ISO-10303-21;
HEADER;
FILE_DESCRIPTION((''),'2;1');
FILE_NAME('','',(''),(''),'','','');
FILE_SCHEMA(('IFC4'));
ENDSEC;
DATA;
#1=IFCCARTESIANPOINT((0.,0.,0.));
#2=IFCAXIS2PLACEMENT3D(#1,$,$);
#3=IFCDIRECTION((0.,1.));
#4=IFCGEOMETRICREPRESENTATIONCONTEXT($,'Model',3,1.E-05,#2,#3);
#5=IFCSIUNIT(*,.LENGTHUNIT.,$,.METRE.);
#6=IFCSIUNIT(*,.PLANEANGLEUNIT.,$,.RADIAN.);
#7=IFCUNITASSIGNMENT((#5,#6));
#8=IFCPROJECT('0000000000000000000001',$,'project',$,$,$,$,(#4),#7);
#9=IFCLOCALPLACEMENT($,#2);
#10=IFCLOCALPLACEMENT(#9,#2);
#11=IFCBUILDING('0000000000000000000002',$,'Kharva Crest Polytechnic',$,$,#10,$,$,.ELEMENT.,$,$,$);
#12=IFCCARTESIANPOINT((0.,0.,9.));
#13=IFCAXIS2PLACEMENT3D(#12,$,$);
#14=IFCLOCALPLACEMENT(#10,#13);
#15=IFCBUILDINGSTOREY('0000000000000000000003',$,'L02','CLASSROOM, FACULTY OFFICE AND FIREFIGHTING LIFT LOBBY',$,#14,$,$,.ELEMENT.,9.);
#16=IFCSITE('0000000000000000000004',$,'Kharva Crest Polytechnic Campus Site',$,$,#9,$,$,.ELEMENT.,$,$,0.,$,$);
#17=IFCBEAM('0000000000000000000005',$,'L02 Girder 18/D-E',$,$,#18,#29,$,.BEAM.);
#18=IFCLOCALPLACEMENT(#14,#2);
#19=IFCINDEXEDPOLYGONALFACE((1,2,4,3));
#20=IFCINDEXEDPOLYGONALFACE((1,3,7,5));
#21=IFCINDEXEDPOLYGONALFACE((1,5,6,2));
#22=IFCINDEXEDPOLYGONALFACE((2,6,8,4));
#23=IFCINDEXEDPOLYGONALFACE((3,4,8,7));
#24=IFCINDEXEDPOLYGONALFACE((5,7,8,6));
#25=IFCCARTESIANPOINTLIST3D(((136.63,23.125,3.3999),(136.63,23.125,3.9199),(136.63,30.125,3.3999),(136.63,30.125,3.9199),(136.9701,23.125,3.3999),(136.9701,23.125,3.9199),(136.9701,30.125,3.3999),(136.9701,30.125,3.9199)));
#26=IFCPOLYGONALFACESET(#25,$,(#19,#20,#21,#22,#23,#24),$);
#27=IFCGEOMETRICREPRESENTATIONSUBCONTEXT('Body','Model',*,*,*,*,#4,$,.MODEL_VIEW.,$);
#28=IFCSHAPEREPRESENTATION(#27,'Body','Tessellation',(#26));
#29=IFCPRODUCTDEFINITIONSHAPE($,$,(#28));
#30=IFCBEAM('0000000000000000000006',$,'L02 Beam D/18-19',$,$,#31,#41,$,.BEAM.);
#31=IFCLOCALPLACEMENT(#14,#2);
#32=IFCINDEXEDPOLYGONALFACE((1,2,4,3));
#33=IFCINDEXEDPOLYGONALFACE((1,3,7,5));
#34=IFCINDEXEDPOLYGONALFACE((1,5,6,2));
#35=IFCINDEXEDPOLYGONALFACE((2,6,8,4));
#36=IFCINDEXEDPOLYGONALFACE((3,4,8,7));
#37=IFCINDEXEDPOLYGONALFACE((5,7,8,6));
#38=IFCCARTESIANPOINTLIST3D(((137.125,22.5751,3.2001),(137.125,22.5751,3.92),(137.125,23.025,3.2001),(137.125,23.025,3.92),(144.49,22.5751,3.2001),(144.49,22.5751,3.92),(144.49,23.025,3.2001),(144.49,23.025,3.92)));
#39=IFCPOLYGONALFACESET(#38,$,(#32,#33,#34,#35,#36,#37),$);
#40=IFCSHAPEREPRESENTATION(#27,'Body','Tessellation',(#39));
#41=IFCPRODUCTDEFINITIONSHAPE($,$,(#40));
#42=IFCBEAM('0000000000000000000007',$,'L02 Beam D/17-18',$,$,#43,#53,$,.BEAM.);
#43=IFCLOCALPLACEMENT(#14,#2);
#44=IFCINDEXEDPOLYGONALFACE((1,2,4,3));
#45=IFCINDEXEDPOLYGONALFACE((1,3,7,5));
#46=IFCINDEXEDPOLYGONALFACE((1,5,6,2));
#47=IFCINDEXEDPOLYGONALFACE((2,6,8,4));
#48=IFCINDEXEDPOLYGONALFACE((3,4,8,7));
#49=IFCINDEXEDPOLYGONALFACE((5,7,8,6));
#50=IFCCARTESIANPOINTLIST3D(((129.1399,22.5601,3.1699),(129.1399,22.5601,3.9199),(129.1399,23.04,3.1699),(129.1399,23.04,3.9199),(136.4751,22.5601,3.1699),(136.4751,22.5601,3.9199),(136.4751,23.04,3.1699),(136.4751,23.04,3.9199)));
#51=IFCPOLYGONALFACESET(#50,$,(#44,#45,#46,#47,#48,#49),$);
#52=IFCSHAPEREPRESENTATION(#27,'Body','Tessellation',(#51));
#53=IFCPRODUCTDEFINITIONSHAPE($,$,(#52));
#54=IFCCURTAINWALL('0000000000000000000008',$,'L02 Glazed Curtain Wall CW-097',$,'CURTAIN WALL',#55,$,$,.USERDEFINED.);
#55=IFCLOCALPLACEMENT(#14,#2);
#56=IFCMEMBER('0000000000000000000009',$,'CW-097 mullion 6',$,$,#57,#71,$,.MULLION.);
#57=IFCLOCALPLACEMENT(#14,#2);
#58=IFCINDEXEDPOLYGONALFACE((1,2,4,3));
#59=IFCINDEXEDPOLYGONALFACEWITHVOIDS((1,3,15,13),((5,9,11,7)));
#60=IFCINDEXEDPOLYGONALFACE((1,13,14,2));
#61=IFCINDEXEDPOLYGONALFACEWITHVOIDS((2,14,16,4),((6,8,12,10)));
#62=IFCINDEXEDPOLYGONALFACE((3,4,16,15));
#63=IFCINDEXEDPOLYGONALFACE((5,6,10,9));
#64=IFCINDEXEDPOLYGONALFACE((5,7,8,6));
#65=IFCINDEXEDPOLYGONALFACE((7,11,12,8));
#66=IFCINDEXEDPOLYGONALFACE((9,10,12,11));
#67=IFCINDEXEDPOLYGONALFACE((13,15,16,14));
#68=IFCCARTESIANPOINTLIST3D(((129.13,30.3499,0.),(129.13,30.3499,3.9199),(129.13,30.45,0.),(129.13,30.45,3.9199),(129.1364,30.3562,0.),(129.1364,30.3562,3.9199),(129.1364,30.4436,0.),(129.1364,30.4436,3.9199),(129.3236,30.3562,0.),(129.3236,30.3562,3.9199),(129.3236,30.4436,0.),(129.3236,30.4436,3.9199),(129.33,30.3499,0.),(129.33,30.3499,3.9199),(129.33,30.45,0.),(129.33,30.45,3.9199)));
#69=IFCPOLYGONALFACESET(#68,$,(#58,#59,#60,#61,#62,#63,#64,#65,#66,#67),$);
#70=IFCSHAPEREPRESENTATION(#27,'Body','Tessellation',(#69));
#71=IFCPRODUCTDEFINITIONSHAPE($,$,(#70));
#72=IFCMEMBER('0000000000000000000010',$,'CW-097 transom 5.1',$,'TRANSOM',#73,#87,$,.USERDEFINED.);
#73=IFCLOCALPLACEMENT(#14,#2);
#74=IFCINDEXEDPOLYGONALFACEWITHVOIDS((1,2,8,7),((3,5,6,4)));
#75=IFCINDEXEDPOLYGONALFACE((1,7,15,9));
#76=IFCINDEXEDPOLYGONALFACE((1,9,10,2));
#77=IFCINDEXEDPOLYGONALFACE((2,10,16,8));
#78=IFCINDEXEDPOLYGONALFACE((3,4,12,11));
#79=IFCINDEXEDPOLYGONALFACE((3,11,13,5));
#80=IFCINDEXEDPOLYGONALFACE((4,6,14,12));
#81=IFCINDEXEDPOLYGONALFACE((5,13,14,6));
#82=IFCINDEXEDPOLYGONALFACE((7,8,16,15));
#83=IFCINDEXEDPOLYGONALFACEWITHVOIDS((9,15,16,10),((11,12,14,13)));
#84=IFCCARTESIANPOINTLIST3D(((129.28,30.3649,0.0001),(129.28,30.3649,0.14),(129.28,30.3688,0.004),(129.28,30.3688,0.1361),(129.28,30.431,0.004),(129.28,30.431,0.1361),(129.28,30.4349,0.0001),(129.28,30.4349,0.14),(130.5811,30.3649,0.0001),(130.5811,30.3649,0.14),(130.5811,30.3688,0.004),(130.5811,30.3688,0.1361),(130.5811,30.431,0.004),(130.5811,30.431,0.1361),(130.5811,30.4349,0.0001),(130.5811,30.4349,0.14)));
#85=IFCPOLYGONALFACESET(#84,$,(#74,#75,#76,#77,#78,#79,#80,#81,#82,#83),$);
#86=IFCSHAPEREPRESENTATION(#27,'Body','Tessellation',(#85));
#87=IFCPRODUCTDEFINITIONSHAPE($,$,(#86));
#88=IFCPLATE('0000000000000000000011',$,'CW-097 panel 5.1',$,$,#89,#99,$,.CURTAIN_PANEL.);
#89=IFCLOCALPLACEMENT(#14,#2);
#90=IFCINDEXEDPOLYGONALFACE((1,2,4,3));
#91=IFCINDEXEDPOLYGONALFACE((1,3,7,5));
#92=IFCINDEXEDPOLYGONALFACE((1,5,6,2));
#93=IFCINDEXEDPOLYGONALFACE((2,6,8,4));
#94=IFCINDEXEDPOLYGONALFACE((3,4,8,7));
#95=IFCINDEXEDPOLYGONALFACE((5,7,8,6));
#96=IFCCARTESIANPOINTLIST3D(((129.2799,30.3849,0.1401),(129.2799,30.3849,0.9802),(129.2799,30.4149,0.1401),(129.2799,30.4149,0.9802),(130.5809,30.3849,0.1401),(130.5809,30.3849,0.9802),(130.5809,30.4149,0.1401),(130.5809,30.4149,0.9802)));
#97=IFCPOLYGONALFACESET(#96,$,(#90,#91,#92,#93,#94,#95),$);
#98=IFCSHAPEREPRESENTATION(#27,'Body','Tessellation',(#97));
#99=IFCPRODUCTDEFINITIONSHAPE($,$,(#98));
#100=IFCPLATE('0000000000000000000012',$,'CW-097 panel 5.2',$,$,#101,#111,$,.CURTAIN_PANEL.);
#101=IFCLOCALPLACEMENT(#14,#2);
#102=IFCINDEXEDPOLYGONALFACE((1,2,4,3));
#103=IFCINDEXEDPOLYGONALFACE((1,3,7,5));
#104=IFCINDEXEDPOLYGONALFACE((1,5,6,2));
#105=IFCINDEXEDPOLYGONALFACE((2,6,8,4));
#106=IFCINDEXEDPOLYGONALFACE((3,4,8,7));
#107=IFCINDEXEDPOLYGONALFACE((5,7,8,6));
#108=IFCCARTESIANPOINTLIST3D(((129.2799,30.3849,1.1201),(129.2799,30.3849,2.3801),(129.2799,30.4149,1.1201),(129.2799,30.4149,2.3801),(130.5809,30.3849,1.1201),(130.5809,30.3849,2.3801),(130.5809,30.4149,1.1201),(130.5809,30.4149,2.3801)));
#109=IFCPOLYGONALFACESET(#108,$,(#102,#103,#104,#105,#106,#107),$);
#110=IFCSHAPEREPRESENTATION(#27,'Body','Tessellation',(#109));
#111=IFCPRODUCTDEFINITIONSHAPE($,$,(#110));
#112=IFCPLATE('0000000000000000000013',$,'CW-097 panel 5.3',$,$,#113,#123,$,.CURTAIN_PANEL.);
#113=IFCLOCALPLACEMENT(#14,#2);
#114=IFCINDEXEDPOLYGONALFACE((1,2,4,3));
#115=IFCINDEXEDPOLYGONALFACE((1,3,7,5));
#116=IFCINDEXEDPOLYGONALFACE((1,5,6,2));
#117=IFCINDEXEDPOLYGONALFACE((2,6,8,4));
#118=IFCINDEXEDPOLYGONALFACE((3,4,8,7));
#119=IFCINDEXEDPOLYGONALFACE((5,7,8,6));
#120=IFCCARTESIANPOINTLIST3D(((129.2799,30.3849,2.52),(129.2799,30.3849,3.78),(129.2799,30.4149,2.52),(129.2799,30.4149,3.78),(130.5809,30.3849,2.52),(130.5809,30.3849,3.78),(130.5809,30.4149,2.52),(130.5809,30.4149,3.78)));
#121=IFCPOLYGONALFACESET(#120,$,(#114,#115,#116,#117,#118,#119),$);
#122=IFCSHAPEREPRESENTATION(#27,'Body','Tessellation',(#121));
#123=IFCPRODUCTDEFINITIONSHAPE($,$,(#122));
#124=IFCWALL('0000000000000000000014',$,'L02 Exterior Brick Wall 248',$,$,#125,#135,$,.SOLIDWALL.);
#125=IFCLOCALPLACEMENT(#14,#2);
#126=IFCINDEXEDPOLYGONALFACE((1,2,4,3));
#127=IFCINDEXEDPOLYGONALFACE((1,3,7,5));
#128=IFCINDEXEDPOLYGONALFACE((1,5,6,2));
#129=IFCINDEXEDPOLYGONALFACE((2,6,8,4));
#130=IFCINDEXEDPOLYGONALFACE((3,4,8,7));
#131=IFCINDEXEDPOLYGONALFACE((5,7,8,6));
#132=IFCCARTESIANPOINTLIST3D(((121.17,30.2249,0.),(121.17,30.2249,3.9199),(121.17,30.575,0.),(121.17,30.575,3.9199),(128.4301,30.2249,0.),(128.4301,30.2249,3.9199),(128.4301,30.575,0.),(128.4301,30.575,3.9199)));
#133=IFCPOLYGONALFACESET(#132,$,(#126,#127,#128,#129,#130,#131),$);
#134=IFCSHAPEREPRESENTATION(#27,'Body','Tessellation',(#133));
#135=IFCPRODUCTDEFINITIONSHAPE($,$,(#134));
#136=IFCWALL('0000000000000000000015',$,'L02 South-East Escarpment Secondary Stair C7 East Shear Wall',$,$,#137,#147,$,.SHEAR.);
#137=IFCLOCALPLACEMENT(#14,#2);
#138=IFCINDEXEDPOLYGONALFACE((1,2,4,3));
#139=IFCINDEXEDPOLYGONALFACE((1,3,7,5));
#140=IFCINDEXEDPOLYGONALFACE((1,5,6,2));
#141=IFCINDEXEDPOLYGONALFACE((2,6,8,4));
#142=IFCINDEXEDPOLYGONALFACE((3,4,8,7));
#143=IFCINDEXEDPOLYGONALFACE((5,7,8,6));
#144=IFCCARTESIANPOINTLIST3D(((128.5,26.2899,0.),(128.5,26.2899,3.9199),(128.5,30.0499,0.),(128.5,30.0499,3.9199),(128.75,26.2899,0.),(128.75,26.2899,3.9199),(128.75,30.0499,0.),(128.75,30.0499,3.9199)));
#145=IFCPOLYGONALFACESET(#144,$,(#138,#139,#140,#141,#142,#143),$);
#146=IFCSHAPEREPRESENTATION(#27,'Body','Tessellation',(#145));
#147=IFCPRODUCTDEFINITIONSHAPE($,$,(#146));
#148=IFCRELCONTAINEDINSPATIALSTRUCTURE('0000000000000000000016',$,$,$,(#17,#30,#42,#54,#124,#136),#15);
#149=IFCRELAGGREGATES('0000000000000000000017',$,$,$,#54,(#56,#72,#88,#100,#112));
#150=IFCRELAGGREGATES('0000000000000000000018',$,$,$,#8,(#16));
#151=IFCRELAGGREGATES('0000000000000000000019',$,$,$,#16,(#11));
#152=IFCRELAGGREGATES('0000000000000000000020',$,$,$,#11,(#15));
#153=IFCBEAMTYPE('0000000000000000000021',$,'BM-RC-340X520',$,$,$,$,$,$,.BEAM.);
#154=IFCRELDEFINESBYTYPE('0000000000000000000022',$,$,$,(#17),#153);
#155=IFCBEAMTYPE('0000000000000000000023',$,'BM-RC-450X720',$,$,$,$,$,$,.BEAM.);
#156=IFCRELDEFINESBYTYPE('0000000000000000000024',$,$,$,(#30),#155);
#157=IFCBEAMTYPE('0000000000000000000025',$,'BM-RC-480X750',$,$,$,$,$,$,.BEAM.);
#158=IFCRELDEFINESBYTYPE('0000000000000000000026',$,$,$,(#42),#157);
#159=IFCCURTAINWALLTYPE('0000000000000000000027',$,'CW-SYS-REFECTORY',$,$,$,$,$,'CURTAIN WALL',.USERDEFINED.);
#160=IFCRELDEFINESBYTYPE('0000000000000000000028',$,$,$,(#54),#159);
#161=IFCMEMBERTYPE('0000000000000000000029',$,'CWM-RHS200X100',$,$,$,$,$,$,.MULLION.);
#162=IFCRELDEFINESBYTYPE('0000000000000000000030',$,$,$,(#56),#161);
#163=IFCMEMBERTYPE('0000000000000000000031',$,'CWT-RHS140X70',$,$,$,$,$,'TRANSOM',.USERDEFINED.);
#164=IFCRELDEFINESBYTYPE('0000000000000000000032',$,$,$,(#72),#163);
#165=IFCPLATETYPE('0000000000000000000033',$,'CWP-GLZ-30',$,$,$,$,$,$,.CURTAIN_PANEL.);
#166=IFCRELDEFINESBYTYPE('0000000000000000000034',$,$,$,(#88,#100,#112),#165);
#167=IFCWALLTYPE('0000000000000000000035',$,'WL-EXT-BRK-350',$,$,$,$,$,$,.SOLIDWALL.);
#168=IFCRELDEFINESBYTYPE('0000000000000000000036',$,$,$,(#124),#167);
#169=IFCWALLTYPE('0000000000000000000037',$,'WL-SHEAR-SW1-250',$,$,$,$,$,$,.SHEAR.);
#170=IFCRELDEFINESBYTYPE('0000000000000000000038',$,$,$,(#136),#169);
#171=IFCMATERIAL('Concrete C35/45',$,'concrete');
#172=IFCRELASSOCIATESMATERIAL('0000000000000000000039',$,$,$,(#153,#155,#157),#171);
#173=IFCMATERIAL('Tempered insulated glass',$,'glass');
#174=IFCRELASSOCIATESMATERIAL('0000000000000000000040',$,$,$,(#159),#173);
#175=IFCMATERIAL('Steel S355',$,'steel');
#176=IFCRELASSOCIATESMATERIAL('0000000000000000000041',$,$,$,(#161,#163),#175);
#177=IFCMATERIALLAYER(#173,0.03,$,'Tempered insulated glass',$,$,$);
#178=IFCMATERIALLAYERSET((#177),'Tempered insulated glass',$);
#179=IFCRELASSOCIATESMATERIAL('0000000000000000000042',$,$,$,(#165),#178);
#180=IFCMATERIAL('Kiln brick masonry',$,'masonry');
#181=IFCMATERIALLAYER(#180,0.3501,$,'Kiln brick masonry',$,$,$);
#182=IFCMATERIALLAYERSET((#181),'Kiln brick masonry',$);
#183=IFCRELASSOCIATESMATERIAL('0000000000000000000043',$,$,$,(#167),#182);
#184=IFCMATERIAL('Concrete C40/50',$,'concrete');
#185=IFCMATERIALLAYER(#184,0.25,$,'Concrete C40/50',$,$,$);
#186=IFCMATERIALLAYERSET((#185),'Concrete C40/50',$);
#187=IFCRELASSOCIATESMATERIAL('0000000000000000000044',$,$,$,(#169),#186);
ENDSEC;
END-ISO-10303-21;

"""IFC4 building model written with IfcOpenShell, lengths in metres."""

from ifc_helpers import new_model, si_unit, direction, frame, frame_2d, origin, origin_2d, place, context, subcontext, project, spatial, rectangle, hollow_rectangle, extrude, material, layer, layer_set, material_profile, profile_set, type_object, element, aggregate, save


model = new_model("IFC4")

# Units and contexts
model_context = context("Model", 3, precision=1e-05, world=origin(), true_north=direction((0.0, 1.0)))
body_context = subcontext(model_context, "Body", "Model", "MODEL_VIEW")
ifc_project = project(units=[si_unit("LENGTHUNIT", "METRE"), si_unit("PLANEANGLEUNIT", "RADIAN")], contexts=[model_context])

# Site, building, storey
site_placement = place(None, origin())
site = spatial("IfcSite", under=ifc_project, at=site_placement, Name="Kharva Crest Polytechnic Campus Site", CompositionType="ELEMENT", RefElevation=0.0)
building_placement = place(site_placement, origin())
building = spatial("IfcBuilding", under=site, at=building_placement, Name="Kharva Crest Polytechnic", CompositionType="ELEMENT")
storey_placement = place(building_placement, frame((0.0, 0.0, 9.0)))
storey = spatial("IfcBuildingStorey", under=building, at=storey_placement, Name="L02", Description="CLASSROOM, FACULTY OFFICE AND FIREFIGHTING LIFT LOBBY", CompositionType="ELEMENT", Elevation=9.0)

# Shared definitions
ifc_material_1 = material(Name="Concrete C40/50", Category="concrete")
ifc_material_2 = material(Name="Steel S355", Category="steel")

# Beams
ifc_material_3 = material(Name="Concrete C35/45", Category="concrete")
ifc_material_profile_1 = material_profile(ifc_material_3, rectangle(XDim=0.3401, YDim=0.52, at=origin_2d()), Name="RECT 340 X 520")
ifc_profile_set_1 = profile_set([ifc_material_profile_1], Name="Concrete C35/45")
beam_type_1 = type_object("IfcBeamType", Name="BM-RC-340X520", PredefinedType="BEAM", material=ifc_profile_set_1)
beam_1_placement = place(storey_placement, frame((136.8, 23.125, 3.6599), z_axis=(0.0, 1.0, 0.0), x_axis=(-1.0, 0.0, 0.0)))
element("IfcBeam", 1, at=beam_1_placement, inside=storey, type_object=beam_type_1, Name="L02 Girder 18/D-E", PredefinedType="BEAM", context=body_context, shape_type="SweptSolid", body=[
    extrude(rectangle(XDim=0.3401, YDim=0.52, at=origin_2d()), origin(), (0.0, 0.0, 1.0), 7.0),
])
ifc_material_profile_2 = material_profile(ifc_material_3, rectangle(XDim=0.45, YDim=0.72, at=origin_2d()), Name="RECT 450 X 720")
ifc_profile_set_2 = profile_set([ifc_material_profile_2], Name="Concrete C35/45")
beam_type_2 = type_object("IfcBeamType", Name="BM-RC-450X720", PredefinedType="BEAM", material=ifc_profile_set_2)
beam_2_placement = place(storey_placement, frame((137.125, 22.8, 3.5601), z_axis=(1.0, 0.0, 0.0), x_axis=(0.0, 1.0, 0.0)))
element("IfcBeam", 2, at=beam_2_placement, inside=storey, type_object=beam_type_2, Name="L02 Beam D/18-19", PredefinedType="BEAM", context=body_context, shape_type="SweptSolid", body=[
    extrude(rectangle(XDim=0.45, YDim=0.72, at=origin_2d()), origin(), (0.0, 0.0, 1.0), 7.365),
])
ifc_material_profile_3 = material_profile(ifc_material_3, rectangle(XDim=0.48, YDim=0.75, at=origin_2d()), Name="RECT 480 X 750")
ifc_profile_set_3 = profile_set([ifc_material_profile_3], Name="Concrete C35/45")
beam_type_3 = type_object("IfcBeamType", Name="BM-RC-480X750", PredefinedType="BEAM", material=ifc_profile_set_3)
beam_3_placement = place(storey_placement, frame((129.1399, 22.8, 3.5449), z_axis=(1.0, 0.0, 0.0), x_axis=(0.0, 1.0, 0.0)))
element("IfcBeam", 3, at=beam_3_placement, inside=storey, type_object=beam_type_3, Name="L02 Beam D/17-18", PredefinedType="BEAM", context=body_context, shape_type="SweptSolid", body=[
    extrude(rectangle(XDim=0.48, YDim=0.75, at=origin_2d()), origin(), (0.0, 0.0, 1.0), 7.3352),
])

# Curtain wall, members, plates
ifc_material_4 = material(Name="Tempered insulated glass", Category="glass")
curtain_wall_type = type_object("IfcCurtainWallType", Name="CW-SYS-REFECTORY", ElementType="CURTAIN WALL", PredefinedType="USERDEFINED", material=ifc_material_4)
curtain_wall_placement = place(storey_placement, origin())
curtain_wall = element("IfcCurtainWall", 4, at=curtain_wall_placement, inside=storey, type_object=curtain_wall_type, Name="L02 Glazed Curtain Wall CW-097", ObjectType="CURTAIN WALL", PredefinedType="USERDEFINED")
ifc_material_profile_4 = material_profile(ifc_material_2, hollow_rectangle(XDim=0.1001, YDim=0.2, WallThickness=0.0063, at=origin_2d()), Name="RHS 200X100X6.3")
ifc_profile_set_4 = profile_set([ifc_material_profile_4], Name="Steel S355")
member_type_1 = type_object("IfcMemberType", Name="CWM-RHS200X100", PredefinedType="MULLION", material=ifc_profile_set_4)
member_1_placement = place(storey_placement, frame((129.23, 30.3999, 0.0), z_axis=(0.0, 0.0, 1.0), x_axis=(0.0, -1.0, 0.0)))
member_1 = element("IfcMember", 5, at=member_1_placement, type_object=member_type_1, Name="CW-097 mullion 6", PredefinedType="MULLION", context=body_context, shape_type="SweptSolid", body=[
    extrude(hollow_rectangle(XDim=0.1001, YDim=0.2, WallThickness=0.0063, at=origin_2d()), origin(), (0.0, 0.0, 1.0), 3.9199),
])
ifc_material_profile_5 = material_profile(ifc_material_2, hollow_rectangle(XDim=0.0701, YDim=0.1399, WallThickness=0.0039, at=origin_2d()), Name="RHS 140X70X4.0")
ifc_profile_set_5 = profile_set([ifc_material_profile_5], Name="Steel S355")
member_type_2 = type_object("IfcMemberType", Name="CWT-RHS140X70", ElementType="TRANSOM", PredefinedType="USERDEFINED", material=ifc_profile_set_5)
member_2_placement = place(storey_placement, frame((130.5811, 30.3999, 0.0701), z_axis=(-1.0, 0.0, 0.0), x_axis=(0.0, -1.0, 0.0)))
member_2 = element("IfcMember", 6, at=member_2_placement, type_object=member_type_2, Name="CW-097 transom 5.1", ObjectType="TRANSOM", PredefinedType="USERDEFINED", context=body_context, shape_type="SweptSolid", body=[
    extrude(hollow_rectangle(XDim=0.0701, YDim=0.1399, WallThickness=0.0039, at=origin_2d()), origin(), (0.0, 0.0, 1.0), 1.301),
])
ifc_layer_1 = layer(ifc_material_4, 0.03, Name="Tempered insulated glass")
ifc_layer_set_1 = layer_set([ifc_layer_1], Name="Tempered insulated glass")
plate_type = type_object("IfcPlateType", Name="CWP-GLZ-30", PredefinedType="CURTAIN_PANEL", material=ifc_layer_set_1)
plate_1_placement = place(storey_placement, frame((129.9304, 30.3999, 0.1401), z_axis=(0.0, 0.0, 1.0), x_axis=(-1.0, 0.0, 0.0)))
plate_1 = element("IfcPlate", 7, at=plate_1_placement, type_object=plate_type, Name="CW-097 panel 5.1", PredefinedType="CURTAIN_PANEL", context=body_context, shape_type="SweptSolid", body=[
    extrude(rectangle(XDim=1.301, YDim=0.03, at=origin_2d()), origin(), (0.0, 0.0, 1.0), 0.8401),
])
plate_2_placement = place(storey_placement, frame((129.9304, 30.3999, 1.1201), z_axis=(0.0, 0.0, 1.0), x_axis=(-1.0, 0.0, 0.0)))
plate_2 = element("IfcPlate", 8, at=plate_2_placement, type_object=plate_type, Name="CW-097 panel 5.2", PredefinedType="CURTAIN_PANEL", context=body_context, shape_type="SweptSolid", body=[
    extrude(rectangle(XDim=1.301, YDim=0.03, at=origin_2d()), origin(), (0.0, 0.0, 1.0), 1.26),
])
plate_3_placement = place(storey_placement, frame((129.9304, 30.3999, 2.52), z_axis=(0.0, 0.0, 1.0), x_axis=(-1.0, 0.0, 0.0)))
plate_3 = element("IfcPlate", 9, at=plate_3_placement, type_object=plate_type, Name="CW-097 panel 5.3", PredefinedType="CURTAIN_PANEL", context=body_context, shape_type="SweptSolid", body=[
    extrude(rectangle(XDim=1.301, YDim=0.03, at=origin_2d()), origin(), (0.0, 0.0, 1.0), 1.26),
])
aggregate(curtain_wall, [member_1, member_2, plate_1, plate_2, plate_3])

# Walls
ifc_material_5 = material(Name="Kiln brick masonry", Category="masonry")
ifc_layer_2 = layer(ifc_material_5, 0.3501, Name="Kiln brick masonry")
ifc_layer_set_2 = layer_set([ifc_layer_2], Name="Kiln brick masonry")
wall_type_1 = type_object("IfcWallType", Name="WL-EXT-BRK-350", PredefinedType="SOLIDWALL", material=ifc_layer_set_2)
wall_1_placement = place(storey_placement, frame((128.4299, 30.3999, 0.0), z_axis=(0.0, 0.0, 1.0), x_axis=(-1.0, 0.0, 0.0)))
element("IfcWall", 10, at=wall_1_placement, inside=storey, type_object=wall_type_1, Name="L02 Exterior Brick Wall 248", PredefinedType="SOLIDWALL", context=body_context, shape_type="SweptSolid", body=[
    extrude(rectangle(XDim=7.26, YDim=0.3501, at=frame_2d((3.6299, 0.0))), origin(), (0.0, 0.0, 1.0), 3.9199),
])
ifc_layer_3 = layer(ifc_material_1, 0.25, Name="Concrete C40/50")
ifc_layer_set_3 = layer_set([ifc_layer_3], Name="Concrete C40/50")
wall_type_2 = type_object("IfcWallType", Name="WL-SHEAR-SW1-250", PredefinedType="SHEAR", material=ifc_layer_set_3)
wall_2_placement = place(storey_placement, frame((128.625, 26.29, 0.0), z_axis=(0.0, 0.0, 1.0), x_axis=(0.0, 1.0, 0.0)))
element("IfcWall", 11, at=wall_2_placement, inside=storey, type_object=wall_type_2, Name="L02 South-East Escarpment Secondary Stair C7 East Shear Wall", PredefinedType="SHEAR", context=body_context, shape_type="SweptSolid", body=[
    extrude(rectangle(XDim=3.76, YDim=0.25, at=frame_2d((1.8799, 0.0))), origin(), (0.0, 0.0, 1.0), 3.9199),
])

save(model, "model.ifc")
